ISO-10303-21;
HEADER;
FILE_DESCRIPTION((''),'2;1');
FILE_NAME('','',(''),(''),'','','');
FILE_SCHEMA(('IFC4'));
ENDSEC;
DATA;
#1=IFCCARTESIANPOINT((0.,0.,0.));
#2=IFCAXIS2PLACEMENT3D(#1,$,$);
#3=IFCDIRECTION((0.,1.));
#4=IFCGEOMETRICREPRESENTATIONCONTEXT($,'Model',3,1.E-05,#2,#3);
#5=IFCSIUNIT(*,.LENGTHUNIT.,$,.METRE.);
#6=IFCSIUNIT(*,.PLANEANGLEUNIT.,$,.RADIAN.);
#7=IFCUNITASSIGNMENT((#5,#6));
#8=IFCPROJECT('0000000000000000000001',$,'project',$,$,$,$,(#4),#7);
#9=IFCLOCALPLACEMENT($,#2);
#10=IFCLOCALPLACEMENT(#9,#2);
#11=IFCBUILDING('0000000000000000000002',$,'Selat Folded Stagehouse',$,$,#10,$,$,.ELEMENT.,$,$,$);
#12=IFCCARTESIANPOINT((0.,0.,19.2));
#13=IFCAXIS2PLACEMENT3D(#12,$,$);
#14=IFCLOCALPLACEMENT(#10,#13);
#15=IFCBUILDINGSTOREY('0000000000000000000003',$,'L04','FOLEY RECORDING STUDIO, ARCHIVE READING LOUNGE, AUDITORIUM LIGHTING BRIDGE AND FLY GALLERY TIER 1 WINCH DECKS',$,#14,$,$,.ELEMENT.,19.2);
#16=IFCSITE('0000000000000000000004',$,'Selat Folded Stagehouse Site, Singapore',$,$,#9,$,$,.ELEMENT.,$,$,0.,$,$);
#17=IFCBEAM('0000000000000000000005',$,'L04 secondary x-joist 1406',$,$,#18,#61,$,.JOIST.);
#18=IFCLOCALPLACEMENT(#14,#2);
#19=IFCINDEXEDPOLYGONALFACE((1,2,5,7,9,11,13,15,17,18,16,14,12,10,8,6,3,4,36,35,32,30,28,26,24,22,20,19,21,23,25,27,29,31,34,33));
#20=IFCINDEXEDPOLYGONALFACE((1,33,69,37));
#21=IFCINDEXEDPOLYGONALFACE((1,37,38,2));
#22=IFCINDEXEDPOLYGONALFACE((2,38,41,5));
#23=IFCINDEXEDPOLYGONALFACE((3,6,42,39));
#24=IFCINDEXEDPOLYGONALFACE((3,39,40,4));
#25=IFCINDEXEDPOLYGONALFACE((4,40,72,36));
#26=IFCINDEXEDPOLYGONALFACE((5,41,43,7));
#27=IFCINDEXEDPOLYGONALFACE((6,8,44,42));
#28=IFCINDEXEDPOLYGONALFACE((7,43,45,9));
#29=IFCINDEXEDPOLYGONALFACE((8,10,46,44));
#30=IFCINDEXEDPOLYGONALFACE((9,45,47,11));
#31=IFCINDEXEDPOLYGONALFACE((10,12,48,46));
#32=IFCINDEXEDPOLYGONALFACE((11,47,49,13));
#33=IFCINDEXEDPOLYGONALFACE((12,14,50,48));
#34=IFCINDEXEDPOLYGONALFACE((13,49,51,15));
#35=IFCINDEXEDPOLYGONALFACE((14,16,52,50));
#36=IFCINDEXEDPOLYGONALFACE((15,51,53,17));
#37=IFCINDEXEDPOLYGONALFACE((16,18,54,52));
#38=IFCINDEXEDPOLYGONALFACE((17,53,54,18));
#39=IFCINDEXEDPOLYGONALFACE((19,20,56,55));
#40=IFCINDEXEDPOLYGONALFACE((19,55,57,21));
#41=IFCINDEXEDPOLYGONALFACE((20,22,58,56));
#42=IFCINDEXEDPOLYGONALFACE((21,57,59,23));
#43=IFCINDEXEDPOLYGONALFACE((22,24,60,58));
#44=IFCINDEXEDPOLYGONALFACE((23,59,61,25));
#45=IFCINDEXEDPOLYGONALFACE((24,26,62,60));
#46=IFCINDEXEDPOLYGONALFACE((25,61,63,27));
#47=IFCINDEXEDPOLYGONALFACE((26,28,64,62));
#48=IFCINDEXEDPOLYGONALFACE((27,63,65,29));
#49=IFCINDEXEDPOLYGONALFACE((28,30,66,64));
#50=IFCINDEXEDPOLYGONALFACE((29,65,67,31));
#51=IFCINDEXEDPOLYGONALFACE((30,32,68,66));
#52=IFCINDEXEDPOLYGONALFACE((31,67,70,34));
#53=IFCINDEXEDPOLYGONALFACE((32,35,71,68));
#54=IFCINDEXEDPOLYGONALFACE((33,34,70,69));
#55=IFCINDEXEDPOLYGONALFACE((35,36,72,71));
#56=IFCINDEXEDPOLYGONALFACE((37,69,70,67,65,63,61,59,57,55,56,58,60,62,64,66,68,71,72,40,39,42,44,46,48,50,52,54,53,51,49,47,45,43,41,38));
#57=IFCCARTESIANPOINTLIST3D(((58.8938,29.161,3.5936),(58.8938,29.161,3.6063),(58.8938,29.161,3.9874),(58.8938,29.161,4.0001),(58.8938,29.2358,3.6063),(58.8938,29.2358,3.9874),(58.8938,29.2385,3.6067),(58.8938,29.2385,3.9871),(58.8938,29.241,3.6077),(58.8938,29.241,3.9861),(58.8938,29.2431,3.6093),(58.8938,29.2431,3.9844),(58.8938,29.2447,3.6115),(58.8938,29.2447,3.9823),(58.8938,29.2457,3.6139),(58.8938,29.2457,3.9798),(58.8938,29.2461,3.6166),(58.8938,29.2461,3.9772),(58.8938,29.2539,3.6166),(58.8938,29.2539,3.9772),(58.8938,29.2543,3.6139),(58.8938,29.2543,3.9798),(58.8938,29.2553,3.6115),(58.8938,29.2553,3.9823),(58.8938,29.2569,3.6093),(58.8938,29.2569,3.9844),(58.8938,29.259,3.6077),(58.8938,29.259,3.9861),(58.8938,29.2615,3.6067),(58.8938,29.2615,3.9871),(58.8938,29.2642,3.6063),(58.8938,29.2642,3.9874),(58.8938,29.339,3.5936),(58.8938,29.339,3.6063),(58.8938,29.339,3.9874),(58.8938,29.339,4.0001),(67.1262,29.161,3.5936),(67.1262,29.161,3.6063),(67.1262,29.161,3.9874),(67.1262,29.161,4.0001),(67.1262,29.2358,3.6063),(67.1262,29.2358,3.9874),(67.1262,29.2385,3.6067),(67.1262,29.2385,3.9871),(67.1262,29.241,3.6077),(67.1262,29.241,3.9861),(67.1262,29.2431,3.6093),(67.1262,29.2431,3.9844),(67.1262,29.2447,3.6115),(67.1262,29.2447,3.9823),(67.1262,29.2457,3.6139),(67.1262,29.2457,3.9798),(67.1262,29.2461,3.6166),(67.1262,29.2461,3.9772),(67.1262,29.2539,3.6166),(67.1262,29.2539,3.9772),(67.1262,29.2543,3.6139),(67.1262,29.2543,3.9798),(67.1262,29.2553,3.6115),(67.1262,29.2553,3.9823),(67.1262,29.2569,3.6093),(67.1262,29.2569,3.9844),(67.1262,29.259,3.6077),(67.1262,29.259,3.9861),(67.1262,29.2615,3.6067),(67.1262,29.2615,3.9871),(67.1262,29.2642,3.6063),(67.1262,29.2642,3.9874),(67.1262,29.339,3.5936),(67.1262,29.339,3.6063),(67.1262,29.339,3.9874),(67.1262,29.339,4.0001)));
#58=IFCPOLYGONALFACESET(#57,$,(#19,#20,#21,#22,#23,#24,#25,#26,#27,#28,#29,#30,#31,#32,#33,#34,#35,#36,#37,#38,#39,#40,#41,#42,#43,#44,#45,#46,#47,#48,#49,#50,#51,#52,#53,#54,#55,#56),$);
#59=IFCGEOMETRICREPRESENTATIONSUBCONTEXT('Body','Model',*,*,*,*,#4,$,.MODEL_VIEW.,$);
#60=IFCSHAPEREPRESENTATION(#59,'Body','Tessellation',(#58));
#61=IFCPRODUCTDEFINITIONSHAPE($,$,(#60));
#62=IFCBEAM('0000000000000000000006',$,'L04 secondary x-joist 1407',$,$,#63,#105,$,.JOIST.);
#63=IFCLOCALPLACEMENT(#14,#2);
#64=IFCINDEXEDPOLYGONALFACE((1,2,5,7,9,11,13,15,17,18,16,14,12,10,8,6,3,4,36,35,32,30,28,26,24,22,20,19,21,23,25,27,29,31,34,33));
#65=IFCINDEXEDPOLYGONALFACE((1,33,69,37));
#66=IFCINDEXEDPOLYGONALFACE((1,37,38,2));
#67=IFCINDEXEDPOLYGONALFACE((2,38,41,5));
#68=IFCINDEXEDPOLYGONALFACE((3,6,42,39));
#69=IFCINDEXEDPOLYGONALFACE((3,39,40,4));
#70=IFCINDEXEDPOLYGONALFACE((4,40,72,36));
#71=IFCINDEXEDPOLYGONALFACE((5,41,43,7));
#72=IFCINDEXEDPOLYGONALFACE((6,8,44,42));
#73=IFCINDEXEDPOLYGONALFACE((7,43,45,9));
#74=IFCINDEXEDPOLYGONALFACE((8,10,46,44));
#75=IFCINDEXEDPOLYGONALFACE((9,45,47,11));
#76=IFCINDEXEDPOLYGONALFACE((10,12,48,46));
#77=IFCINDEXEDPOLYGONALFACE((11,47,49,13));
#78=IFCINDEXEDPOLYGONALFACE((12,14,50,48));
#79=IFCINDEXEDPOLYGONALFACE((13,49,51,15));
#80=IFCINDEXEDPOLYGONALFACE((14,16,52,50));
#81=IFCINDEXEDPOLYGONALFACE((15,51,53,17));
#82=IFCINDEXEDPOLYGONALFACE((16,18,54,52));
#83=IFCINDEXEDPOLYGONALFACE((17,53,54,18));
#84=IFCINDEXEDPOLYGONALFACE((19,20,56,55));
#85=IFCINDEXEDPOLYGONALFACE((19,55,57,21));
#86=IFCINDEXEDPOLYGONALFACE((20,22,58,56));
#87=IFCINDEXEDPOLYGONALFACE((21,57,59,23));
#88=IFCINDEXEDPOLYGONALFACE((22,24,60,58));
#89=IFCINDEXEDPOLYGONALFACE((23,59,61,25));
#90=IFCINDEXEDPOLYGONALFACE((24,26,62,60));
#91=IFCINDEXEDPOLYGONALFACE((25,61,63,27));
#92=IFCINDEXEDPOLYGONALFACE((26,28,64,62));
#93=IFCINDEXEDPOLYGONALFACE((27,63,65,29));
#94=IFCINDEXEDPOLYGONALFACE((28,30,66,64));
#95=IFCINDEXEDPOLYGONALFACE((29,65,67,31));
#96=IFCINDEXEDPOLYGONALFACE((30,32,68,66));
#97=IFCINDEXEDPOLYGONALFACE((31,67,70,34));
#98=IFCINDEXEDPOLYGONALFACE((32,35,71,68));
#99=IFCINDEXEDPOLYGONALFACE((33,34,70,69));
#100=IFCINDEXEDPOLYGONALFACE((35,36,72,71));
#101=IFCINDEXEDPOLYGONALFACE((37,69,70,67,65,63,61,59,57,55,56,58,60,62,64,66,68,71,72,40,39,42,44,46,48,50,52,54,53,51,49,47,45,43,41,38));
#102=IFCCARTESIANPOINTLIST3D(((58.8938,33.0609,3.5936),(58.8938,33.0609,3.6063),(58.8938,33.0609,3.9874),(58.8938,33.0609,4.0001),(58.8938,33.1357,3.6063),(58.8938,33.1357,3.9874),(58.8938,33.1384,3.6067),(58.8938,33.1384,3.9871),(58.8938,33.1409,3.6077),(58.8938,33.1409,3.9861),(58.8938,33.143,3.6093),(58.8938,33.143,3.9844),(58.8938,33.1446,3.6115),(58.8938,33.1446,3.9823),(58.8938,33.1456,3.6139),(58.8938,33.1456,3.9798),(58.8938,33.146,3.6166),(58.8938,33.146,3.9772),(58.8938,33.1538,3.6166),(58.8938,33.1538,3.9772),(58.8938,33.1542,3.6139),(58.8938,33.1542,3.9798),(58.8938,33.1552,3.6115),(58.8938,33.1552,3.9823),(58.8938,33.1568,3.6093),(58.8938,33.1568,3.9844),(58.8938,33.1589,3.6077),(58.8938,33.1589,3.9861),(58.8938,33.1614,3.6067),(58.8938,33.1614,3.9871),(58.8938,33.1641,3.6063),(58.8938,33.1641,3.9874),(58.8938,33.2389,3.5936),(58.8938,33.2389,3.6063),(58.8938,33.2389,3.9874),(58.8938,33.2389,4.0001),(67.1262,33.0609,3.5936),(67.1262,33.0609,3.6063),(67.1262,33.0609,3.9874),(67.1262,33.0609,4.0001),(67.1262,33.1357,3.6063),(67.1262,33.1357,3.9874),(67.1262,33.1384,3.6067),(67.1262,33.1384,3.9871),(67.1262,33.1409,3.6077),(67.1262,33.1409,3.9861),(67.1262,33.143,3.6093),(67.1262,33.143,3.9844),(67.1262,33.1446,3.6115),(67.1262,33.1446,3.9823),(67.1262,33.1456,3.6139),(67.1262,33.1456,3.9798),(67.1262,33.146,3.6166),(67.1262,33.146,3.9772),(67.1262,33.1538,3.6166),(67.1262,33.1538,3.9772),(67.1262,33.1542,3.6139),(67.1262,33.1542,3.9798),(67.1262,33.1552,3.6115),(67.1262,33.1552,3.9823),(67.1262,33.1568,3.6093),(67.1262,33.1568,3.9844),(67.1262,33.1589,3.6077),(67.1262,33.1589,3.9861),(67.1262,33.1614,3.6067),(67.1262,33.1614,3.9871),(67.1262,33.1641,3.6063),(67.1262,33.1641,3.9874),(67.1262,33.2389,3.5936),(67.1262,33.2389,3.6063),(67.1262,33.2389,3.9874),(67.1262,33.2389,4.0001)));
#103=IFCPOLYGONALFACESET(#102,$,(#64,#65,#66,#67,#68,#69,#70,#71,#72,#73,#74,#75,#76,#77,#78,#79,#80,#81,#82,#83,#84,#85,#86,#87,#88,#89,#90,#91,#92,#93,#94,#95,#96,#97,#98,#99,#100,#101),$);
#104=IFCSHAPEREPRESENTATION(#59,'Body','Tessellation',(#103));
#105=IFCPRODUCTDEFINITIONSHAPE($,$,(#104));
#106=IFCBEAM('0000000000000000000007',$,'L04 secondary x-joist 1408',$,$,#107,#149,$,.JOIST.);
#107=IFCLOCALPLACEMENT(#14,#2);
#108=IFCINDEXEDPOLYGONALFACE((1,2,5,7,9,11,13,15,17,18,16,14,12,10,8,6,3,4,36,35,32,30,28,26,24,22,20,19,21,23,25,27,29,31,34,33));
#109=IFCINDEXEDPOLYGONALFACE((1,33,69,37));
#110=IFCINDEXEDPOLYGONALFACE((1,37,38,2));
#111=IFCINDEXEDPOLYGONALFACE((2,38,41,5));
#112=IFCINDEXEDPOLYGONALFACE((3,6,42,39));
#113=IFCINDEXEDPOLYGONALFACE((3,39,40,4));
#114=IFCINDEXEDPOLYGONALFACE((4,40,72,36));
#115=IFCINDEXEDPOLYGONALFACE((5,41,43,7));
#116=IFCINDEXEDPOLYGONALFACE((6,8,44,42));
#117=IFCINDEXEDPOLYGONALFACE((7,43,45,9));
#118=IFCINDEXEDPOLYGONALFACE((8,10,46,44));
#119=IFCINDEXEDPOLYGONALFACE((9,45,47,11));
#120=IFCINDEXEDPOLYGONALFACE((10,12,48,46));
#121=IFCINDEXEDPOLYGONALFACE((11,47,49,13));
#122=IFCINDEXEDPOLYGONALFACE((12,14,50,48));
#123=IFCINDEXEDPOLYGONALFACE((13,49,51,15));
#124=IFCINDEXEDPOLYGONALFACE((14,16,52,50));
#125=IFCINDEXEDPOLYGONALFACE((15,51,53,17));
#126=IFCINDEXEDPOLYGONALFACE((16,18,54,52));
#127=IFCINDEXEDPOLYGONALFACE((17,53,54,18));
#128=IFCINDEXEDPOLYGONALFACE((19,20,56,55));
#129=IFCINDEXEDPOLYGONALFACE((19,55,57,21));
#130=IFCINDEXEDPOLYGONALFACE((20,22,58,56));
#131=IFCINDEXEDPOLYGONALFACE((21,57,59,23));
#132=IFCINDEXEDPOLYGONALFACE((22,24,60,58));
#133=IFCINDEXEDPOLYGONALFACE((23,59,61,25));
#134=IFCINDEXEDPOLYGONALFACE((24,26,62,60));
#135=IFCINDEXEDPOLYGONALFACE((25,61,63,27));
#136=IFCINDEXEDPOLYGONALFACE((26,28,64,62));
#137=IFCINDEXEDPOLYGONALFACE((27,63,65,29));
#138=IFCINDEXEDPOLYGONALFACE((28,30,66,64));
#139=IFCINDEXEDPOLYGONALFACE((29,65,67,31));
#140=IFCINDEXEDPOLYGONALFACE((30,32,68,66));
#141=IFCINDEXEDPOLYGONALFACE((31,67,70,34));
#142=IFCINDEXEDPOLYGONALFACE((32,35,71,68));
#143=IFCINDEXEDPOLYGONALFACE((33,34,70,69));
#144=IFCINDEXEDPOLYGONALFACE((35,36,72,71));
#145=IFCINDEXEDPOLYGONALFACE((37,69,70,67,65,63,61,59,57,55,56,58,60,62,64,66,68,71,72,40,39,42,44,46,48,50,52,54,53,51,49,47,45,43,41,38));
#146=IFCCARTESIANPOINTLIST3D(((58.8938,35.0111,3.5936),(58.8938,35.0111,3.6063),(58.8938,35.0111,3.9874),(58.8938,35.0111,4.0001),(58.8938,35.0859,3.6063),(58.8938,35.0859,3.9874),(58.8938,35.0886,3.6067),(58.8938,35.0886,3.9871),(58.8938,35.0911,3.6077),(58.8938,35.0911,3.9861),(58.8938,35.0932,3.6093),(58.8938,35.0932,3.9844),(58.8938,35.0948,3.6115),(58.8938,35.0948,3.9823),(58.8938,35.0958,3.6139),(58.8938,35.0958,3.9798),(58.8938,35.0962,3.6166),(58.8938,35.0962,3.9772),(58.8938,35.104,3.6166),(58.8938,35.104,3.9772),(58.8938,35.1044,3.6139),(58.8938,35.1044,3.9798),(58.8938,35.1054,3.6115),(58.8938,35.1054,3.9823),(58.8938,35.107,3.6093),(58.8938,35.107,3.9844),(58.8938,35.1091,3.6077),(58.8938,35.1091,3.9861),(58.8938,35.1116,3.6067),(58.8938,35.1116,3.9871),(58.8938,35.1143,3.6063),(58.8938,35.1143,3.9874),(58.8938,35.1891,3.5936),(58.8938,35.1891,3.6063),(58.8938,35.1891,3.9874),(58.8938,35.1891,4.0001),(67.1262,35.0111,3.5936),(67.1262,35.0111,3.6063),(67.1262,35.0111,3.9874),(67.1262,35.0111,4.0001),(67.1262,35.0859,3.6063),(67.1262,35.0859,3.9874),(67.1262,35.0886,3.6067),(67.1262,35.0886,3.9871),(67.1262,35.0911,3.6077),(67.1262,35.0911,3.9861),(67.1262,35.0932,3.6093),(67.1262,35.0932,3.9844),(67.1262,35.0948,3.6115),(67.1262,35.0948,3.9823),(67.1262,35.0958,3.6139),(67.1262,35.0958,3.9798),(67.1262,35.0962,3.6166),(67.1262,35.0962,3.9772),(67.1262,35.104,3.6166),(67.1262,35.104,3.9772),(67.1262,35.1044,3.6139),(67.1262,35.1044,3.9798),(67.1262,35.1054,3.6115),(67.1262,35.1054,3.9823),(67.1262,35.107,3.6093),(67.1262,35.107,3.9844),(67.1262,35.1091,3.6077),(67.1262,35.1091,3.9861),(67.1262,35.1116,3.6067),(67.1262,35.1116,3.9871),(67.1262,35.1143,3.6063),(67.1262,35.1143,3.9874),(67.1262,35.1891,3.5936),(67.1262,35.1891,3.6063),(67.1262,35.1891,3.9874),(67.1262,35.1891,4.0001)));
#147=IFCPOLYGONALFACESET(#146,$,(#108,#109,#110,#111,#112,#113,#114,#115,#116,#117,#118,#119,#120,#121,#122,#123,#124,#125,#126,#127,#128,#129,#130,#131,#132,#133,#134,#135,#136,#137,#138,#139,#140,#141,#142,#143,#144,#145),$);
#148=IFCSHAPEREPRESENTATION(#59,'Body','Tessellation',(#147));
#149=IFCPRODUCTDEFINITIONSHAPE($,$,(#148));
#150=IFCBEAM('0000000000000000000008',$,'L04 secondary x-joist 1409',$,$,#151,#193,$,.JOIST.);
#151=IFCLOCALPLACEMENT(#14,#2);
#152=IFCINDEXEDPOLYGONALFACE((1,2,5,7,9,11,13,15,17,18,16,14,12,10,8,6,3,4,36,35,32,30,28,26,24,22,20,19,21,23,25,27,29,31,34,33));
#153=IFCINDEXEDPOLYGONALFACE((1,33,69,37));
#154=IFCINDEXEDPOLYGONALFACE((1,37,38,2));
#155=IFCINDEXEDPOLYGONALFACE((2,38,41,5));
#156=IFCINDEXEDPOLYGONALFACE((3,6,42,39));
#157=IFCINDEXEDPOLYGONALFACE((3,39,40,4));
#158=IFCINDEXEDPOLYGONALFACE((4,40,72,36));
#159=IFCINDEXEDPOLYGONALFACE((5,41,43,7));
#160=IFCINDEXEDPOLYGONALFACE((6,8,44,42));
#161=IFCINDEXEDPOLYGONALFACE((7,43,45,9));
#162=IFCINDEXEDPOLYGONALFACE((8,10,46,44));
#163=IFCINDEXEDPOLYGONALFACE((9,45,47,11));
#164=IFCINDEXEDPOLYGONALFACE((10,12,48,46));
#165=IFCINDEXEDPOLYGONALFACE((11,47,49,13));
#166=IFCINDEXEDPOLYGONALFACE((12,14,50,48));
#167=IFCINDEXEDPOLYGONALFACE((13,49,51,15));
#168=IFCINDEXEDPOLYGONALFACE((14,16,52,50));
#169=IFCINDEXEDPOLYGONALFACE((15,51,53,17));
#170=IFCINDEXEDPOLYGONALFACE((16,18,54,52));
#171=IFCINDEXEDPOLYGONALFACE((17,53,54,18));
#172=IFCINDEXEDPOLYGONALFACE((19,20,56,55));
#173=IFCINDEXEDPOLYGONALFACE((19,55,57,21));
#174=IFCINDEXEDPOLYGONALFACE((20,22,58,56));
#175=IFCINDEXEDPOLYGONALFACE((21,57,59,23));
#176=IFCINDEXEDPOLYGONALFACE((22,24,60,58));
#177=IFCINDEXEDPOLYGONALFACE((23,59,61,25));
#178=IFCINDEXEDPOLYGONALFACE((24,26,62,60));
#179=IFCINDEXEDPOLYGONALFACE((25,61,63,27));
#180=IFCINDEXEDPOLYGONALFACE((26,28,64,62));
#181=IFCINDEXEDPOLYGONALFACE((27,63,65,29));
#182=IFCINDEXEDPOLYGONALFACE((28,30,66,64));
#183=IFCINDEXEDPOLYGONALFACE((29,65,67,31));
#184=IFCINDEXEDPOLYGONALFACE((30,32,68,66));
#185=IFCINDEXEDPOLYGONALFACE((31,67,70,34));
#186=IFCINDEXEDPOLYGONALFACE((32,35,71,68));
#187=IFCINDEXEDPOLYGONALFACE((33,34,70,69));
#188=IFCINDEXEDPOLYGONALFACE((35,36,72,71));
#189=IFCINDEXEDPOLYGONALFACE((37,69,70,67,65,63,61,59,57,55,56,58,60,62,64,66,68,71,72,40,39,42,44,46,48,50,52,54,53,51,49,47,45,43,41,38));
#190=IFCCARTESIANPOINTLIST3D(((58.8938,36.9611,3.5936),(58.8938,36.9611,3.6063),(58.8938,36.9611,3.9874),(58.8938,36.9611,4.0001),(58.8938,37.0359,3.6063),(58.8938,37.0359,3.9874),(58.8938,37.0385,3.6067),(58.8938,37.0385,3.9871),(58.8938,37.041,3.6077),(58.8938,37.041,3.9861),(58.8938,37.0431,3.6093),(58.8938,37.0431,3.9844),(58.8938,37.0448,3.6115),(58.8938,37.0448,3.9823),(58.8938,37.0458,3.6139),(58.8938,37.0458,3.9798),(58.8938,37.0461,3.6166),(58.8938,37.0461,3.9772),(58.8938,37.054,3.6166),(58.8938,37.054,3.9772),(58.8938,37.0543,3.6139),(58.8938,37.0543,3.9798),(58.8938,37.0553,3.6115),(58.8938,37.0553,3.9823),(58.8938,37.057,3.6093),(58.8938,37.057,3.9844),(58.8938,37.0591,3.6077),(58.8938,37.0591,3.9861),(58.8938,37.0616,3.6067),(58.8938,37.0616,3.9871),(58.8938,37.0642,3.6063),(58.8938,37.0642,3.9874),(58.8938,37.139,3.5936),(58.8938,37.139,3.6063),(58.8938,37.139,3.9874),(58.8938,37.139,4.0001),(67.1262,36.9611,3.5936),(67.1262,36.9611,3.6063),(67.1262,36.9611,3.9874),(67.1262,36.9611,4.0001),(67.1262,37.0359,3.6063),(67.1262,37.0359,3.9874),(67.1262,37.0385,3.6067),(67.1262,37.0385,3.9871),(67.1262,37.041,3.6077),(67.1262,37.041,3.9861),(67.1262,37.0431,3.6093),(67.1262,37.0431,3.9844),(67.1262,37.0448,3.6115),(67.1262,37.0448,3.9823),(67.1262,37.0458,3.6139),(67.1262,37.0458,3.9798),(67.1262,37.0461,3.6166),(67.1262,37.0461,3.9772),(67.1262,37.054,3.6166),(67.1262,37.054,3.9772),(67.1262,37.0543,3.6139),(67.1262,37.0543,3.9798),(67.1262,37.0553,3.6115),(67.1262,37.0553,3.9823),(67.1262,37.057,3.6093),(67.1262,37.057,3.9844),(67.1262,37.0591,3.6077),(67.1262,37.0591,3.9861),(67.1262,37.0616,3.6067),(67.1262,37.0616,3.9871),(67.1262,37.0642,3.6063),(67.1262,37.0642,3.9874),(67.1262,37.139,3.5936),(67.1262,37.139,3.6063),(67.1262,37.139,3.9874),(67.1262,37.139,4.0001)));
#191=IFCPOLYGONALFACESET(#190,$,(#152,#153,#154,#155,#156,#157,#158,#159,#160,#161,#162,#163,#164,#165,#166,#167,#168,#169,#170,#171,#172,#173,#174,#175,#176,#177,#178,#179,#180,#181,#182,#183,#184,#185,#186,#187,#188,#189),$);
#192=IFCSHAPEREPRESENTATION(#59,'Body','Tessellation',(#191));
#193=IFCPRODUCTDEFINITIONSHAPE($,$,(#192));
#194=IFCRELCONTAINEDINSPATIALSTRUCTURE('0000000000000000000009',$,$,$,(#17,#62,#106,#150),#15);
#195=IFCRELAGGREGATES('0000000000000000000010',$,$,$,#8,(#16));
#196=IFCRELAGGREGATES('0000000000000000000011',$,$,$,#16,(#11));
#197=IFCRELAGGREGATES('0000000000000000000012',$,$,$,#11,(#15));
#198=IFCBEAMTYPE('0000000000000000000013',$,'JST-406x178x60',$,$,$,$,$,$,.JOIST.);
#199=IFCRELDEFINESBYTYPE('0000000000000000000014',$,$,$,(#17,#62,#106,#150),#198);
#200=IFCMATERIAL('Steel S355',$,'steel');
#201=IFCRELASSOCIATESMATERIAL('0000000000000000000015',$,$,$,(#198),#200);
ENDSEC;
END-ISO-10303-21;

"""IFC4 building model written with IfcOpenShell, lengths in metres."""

from ifc_helpers import new_model, si_unit, direction, frame, origin, origin_2d, place, context, subcontext, project, spatial, i_section, extrude, material, material_profile, profile_set, type_object, element, save


model = new_model("IFC4")

# Units and contexts
model_context = context("Model", 3, precision=1e-05, world=origin(), true_north=direction((0.0, 1.0)))
body_context = subcontext(model_context, "Body", "Model", "MODEL_VIEW")
ifc_project = project(units=[si_unit("LENGTHUNIT", "METRE"), si_unit("PLANEANGLEUNIT", "RADIAN")], contexts=[model_context])

# Site, building, storey
site_placement = place(None, origin())
site = spatial("IfcSite", under=ifc_project, at=site_placement, Name="Selat Folded Stagehouse Site, Singapore", CompositionType="ELEMENT", RefElevation=0.0)
building_placement = place(site_placement, origin())
building = spatial("IfcBuilding", under=site, at=building_placement, Name="Selat Folded Stagehouse", CompositionType="ELEMENT")
storey_placement = place(building_placement, frame((0.0, 0.0, 19.2)))
storey = spatial("IfcBuildingStorey", under=building, at=storey_placement, Name="L04", Description="FOLEY RECORDING STUDIO, ARCHIVE READING LOUNGE, AUDITORIUM LIGHTING BRIDGE AND FLY GALLERY TIER 1 WINCH DECKS", CompositionType="ELEMENT", Elevation=19.2)

# Shared definitions
ifc_material_1 = material(Name="Steel S355", Category="steel")

# Beams
ifc_material_profile_1 = material_profile(ifc_material_1, i_section(OverallWidth=0.178, OverallDepth=0.4065, WebThickness=0.0078, FlangeThickness=0.0127, FilletRadius=0.0103, at=origin_2d()), Name="UKB 406x178x60")
ifc_profile_set_1 = profile_set([ifc_material_profile_1], Name="Steel S355")
beam_type_1 = type_object("IfcBeamType", Name="JST-406x178x60", PredefinedType="JOIST", material=ifc_profile_set_1)
for number, where, z_axis, x_axis, name in (
    (1, (58.8938, 29.25, 3.7969), (1.0, 0.0, 0.0), (0.0, 1.0, 0.0), "L04 secondary x-joist 1406"),
    (2, (58.8938, 33.1499, 3.7969), (1.0, 0.0, 0.0), (0.0, 1.0, 0.0), "L04 secondary x-joist 1407"),
    (3, (58.8938, 35.1001, 3.7969), (1.0, 0.0, 0.0), (0.0, 1.0, 0.0), "L04 secondary x-joist 1408"),
    (4, (58.8938, 37.05, 3.7969), (1.0, 0.0, 0.0), (0.0, 1.0, 0.0), "L04 secondary x-joist 1409"),
):
    element("IfcBeam", number, at=place(storey_placement, frame(where, z_axis=z_axis, x_axis=x_axis)), inside=storey, type_object=beam_type_1, Name=name, PredefinedType="JOIST", context=body_context, shape_type="SweptSolid", body=[
        extrude(i_section(OverallWidth=0.178, OverallDepth=0.4065, WebThickness=0.0078, FlangeThickness=0.0127, FilletRadius=0.0103, at=origin_2d()), origin(), (0.0, 0.0, 1.0), 8.2324),
    ])

save(model, "model.ifc")
